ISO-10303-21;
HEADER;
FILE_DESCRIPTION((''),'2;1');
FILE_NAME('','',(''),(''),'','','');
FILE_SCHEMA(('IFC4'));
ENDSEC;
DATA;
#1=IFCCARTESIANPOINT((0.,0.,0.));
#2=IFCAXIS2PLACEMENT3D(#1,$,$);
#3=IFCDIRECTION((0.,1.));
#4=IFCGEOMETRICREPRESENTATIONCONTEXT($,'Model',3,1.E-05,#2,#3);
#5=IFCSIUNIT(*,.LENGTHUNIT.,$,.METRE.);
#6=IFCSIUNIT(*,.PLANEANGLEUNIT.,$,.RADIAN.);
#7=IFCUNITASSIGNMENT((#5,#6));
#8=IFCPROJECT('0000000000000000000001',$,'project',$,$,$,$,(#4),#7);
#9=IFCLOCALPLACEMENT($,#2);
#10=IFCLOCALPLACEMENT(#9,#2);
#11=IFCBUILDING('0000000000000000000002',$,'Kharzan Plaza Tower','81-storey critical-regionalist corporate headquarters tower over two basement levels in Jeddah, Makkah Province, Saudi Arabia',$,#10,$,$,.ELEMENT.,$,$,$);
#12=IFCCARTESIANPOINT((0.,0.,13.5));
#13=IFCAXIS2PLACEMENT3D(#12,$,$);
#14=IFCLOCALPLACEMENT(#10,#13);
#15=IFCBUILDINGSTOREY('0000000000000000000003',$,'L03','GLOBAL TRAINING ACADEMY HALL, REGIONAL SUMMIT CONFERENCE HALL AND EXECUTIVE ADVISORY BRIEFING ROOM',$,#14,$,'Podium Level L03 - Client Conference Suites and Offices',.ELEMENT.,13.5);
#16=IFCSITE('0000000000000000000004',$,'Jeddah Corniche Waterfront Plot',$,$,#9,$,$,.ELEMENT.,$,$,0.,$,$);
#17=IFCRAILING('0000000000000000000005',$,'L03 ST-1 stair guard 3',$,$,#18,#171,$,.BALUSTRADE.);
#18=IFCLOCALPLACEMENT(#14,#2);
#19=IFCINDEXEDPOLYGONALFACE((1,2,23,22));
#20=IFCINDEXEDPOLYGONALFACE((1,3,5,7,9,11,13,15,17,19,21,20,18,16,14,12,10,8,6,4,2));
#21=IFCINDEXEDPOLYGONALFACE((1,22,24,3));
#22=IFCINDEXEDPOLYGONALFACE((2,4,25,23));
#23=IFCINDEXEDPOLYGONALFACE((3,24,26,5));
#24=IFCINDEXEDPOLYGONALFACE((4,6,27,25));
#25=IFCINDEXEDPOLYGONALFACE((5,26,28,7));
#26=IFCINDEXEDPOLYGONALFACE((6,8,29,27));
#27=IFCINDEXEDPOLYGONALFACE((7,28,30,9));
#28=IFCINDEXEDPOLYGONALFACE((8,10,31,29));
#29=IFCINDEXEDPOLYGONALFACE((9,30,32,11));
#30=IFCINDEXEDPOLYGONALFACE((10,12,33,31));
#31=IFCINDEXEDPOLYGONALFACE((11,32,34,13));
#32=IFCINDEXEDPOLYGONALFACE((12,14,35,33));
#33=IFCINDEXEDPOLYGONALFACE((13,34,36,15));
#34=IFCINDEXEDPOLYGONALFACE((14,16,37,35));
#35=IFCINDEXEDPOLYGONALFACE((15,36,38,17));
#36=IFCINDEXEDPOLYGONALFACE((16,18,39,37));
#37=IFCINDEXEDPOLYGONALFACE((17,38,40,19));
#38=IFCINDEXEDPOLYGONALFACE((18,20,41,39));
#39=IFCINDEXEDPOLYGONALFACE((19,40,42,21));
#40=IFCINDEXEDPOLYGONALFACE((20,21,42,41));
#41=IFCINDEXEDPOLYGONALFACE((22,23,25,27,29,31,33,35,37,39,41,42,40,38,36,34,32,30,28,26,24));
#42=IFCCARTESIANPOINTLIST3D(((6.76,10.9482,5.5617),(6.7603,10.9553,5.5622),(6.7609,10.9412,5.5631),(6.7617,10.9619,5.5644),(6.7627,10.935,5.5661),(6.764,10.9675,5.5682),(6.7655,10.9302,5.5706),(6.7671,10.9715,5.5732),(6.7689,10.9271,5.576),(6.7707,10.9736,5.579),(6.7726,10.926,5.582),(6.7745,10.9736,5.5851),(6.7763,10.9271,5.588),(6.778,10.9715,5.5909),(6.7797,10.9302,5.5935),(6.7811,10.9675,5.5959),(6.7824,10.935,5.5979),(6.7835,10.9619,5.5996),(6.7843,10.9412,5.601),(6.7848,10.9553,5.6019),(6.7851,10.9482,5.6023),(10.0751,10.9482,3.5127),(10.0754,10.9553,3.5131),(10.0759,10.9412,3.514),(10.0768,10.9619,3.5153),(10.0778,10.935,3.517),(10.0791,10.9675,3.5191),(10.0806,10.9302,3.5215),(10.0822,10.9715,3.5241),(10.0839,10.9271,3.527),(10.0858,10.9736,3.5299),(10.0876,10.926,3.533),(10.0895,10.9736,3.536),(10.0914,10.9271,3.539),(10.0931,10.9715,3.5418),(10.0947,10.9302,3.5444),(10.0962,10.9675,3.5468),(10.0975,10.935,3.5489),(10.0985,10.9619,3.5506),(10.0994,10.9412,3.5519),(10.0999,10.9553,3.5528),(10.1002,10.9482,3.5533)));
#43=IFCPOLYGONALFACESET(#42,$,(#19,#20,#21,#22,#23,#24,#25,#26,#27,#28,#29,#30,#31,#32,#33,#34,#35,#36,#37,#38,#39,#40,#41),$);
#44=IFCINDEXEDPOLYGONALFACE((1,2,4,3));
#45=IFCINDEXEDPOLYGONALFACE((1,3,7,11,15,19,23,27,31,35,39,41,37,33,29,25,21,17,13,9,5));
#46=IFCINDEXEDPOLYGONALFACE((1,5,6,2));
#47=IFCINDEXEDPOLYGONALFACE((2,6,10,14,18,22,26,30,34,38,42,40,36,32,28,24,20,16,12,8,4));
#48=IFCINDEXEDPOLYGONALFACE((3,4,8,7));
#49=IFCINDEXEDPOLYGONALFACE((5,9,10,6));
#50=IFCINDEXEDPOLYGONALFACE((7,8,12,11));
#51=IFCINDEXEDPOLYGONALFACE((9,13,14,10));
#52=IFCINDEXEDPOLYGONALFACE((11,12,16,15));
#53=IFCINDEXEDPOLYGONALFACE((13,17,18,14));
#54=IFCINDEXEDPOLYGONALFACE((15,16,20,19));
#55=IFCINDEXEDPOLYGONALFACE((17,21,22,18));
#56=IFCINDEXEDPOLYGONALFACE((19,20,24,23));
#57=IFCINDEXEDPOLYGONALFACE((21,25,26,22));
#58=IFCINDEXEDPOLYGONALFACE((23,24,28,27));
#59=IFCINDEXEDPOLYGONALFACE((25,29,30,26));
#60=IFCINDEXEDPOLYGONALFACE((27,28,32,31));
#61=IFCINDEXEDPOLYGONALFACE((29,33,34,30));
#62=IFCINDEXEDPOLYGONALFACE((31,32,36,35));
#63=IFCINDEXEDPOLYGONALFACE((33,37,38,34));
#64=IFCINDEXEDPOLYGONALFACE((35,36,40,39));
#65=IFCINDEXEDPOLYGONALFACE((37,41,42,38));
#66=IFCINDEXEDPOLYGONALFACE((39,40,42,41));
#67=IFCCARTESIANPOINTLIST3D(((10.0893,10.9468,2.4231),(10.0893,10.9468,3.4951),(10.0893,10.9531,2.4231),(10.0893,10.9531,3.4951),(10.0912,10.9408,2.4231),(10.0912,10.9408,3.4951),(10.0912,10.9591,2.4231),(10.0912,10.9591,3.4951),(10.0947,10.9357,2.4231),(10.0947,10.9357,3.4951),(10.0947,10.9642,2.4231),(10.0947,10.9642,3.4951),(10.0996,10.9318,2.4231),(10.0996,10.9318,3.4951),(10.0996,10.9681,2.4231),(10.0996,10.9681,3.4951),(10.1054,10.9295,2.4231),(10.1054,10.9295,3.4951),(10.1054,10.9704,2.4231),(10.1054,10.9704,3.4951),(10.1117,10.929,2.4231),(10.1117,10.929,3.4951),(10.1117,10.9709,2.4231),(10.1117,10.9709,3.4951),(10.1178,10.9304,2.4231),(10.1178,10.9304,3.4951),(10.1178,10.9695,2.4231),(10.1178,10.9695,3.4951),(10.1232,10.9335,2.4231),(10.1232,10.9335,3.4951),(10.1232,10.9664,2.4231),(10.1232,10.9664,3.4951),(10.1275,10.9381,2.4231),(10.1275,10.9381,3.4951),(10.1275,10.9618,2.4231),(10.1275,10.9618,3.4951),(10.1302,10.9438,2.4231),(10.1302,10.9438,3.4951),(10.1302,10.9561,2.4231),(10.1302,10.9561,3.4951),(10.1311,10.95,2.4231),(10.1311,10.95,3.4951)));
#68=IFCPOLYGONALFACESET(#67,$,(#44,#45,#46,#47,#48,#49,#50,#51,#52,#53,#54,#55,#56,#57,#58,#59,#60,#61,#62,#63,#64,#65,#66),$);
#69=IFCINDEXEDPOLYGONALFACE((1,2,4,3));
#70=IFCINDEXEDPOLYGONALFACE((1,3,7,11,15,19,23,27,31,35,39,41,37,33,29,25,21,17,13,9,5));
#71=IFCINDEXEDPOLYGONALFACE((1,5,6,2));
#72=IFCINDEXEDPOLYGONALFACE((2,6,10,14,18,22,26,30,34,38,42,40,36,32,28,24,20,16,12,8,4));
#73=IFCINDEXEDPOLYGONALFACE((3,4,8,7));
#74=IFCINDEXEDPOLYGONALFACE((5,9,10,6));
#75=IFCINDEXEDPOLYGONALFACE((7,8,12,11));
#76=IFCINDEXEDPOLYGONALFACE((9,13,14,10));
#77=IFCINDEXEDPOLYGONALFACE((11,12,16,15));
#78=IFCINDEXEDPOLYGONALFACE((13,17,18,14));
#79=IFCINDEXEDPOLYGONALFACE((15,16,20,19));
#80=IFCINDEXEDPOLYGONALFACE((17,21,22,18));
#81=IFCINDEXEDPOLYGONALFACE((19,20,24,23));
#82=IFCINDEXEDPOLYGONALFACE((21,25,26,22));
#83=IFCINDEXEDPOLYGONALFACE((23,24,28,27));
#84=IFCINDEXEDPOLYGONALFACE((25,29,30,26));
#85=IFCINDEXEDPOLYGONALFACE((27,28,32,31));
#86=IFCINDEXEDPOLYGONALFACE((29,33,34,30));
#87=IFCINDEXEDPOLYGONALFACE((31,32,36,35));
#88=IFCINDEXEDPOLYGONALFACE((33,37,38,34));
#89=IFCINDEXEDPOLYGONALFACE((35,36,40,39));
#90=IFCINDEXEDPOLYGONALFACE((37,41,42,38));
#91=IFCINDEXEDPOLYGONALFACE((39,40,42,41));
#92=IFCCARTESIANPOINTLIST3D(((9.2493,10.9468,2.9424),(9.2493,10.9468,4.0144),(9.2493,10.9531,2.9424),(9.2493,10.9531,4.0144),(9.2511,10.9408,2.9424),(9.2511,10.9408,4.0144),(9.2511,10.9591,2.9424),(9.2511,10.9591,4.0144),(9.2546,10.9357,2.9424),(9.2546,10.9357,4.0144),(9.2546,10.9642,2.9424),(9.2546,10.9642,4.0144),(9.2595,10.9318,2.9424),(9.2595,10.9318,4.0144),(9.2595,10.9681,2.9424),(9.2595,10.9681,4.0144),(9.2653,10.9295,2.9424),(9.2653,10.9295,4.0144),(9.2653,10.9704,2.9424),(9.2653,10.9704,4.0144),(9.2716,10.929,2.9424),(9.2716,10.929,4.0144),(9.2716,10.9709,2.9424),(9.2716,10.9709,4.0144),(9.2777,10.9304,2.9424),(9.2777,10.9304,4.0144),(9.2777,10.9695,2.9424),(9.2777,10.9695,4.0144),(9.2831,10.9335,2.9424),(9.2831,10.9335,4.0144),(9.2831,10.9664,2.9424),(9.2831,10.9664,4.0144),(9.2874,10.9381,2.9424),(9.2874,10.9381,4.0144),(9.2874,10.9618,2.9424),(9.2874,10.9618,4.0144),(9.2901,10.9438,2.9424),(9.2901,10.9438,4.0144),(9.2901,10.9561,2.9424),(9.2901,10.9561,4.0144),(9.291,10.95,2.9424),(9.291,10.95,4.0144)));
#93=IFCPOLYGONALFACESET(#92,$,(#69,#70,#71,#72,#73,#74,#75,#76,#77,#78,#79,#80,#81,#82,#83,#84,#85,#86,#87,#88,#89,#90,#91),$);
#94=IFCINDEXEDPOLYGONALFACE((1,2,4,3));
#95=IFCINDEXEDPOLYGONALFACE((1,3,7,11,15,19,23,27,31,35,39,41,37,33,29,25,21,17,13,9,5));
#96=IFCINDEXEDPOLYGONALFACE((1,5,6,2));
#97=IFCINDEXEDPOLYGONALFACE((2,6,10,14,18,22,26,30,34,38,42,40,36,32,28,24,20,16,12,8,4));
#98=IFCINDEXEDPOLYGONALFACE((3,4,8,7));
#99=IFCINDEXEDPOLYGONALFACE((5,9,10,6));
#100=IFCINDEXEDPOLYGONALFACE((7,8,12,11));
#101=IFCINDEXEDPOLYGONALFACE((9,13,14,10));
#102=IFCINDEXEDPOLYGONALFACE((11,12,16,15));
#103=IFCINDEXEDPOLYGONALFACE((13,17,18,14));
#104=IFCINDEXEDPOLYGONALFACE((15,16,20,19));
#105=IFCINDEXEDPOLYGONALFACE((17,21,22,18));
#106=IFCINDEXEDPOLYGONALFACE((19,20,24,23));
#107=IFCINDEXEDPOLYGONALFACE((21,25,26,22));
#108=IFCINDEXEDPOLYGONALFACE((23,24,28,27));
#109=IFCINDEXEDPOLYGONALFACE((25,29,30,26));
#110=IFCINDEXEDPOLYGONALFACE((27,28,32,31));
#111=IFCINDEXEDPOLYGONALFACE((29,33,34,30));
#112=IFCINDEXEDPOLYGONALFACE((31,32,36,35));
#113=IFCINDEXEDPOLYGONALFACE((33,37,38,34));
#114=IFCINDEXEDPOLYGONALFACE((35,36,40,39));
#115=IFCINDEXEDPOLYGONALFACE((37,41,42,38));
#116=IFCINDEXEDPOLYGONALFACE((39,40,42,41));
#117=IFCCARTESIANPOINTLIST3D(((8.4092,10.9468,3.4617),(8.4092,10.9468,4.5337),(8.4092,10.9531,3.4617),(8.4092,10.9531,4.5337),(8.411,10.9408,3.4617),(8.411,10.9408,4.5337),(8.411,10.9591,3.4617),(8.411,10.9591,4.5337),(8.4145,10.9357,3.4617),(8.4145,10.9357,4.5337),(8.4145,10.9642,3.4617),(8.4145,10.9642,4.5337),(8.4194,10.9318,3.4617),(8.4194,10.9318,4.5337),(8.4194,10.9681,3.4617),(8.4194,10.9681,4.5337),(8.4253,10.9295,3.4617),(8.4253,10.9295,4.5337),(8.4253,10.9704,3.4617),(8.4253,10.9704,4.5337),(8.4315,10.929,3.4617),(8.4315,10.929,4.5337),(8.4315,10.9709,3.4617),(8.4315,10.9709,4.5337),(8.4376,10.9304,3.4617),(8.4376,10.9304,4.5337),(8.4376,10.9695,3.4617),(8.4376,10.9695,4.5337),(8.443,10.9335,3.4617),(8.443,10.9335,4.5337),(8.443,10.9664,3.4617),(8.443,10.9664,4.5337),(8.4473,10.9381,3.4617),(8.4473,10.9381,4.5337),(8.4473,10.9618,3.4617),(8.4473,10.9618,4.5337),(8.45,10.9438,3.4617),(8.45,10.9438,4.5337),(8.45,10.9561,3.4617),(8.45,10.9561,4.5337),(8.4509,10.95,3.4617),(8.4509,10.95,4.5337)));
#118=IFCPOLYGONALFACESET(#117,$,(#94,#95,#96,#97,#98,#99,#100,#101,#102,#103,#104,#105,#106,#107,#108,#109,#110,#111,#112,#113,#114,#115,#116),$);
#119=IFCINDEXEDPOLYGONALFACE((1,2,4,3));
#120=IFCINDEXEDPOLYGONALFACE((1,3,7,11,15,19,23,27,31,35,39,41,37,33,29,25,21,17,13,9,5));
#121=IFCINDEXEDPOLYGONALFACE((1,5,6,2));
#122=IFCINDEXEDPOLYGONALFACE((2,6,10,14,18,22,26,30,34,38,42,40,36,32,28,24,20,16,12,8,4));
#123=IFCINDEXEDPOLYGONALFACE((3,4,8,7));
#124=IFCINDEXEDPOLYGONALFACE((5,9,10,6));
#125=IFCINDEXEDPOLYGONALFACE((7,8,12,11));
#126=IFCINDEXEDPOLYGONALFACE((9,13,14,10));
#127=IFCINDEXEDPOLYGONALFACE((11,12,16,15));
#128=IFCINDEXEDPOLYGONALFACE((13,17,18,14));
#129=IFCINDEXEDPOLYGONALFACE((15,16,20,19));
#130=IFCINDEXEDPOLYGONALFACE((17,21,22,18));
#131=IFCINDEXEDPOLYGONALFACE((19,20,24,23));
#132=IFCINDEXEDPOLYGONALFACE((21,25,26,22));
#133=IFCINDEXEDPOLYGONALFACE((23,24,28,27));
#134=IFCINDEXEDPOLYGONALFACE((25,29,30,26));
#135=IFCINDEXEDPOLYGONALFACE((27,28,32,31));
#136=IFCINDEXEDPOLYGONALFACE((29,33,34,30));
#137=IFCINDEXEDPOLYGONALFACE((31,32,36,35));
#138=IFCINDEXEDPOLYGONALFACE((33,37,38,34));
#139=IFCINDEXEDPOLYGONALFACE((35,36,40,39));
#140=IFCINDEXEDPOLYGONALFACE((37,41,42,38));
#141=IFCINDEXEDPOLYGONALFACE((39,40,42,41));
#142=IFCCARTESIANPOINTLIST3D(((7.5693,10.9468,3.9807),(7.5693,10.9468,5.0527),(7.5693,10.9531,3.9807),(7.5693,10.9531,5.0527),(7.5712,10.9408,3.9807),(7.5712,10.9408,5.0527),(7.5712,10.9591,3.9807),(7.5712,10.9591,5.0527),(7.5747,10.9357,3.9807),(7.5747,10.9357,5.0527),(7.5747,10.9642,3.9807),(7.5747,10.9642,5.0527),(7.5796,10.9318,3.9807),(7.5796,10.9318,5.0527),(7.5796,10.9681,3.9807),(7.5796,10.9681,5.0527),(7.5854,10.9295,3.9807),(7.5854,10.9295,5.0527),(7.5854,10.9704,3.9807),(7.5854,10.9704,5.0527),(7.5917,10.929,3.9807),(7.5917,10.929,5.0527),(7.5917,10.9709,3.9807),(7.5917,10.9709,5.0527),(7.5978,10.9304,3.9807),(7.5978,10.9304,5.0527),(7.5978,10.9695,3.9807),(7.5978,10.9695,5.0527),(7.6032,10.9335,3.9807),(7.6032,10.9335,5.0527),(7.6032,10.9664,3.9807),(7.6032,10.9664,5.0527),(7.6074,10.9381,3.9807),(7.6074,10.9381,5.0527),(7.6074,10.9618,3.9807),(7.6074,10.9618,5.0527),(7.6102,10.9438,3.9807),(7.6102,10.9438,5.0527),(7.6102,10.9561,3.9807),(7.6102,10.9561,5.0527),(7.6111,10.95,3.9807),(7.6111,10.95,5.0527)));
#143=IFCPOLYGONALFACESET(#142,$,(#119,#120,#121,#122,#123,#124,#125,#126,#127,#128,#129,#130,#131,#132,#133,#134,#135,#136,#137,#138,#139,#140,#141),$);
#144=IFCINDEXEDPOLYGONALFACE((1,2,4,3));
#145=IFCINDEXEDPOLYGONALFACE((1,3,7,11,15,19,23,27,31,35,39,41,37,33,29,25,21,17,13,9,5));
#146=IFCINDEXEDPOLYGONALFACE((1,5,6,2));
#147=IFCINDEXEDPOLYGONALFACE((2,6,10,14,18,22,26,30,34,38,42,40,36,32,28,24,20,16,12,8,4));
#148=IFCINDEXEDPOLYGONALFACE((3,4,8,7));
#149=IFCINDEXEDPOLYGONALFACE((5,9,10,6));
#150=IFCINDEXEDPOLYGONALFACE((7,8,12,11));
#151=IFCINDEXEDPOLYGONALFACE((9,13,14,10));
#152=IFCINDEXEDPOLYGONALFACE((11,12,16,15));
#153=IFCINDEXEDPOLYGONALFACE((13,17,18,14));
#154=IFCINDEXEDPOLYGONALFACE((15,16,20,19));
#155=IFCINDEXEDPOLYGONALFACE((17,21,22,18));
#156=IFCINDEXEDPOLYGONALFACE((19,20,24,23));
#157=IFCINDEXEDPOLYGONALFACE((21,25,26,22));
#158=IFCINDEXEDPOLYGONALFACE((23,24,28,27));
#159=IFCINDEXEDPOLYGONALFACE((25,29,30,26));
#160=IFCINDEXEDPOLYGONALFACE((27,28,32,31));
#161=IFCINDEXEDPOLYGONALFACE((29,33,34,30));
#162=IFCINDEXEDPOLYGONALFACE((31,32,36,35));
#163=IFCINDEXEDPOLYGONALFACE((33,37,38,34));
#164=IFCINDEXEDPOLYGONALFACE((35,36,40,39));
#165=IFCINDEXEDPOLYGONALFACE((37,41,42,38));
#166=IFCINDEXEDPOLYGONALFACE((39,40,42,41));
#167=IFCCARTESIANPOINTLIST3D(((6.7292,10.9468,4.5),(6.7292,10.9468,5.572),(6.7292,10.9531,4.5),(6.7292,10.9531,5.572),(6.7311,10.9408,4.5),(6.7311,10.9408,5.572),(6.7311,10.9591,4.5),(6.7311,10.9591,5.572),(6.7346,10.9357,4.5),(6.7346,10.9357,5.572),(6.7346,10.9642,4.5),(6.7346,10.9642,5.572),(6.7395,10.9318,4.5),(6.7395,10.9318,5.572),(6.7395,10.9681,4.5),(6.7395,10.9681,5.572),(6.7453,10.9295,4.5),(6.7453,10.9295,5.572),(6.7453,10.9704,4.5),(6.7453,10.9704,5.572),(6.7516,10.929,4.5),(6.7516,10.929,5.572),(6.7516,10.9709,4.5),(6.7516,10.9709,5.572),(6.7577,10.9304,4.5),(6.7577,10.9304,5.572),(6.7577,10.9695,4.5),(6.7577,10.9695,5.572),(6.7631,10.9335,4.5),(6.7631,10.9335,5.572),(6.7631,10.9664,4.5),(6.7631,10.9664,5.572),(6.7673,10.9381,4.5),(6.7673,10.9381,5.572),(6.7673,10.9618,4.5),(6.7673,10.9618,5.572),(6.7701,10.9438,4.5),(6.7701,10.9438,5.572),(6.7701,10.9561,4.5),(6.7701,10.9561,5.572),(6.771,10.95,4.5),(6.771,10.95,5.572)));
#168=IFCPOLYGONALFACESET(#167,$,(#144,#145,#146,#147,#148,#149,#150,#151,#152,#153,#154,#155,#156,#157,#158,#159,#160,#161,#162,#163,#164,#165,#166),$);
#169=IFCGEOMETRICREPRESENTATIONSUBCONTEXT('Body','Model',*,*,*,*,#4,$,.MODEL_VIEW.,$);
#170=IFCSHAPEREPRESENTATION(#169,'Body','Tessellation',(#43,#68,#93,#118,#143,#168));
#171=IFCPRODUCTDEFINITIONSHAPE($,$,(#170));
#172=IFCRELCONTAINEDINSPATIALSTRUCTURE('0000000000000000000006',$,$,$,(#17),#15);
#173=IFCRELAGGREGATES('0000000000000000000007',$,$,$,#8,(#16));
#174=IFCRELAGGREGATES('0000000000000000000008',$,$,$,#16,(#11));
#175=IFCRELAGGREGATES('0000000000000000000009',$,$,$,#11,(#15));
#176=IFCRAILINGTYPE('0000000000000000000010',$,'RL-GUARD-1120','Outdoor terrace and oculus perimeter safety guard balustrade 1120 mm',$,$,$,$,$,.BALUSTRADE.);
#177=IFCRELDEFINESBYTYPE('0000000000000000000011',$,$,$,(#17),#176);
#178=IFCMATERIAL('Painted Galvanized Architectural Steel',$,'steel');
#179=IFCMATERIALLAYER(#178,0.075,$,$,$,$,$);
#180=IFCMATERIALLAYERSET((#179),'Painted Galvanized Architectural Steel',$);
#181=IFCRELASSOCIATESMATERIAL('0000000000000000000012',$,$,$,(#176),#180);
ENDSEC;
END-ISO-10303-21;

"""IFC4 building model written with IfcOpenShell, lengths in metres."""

from ifc_helpers import new_model, si_unit, direction, frame, origin, origin_2d, place, context, subcontext, project, spatial, circle, extrude, source, transform, mapped, material, layer, layer_set, type_object, element, save


model = new_model("IFC4")

# Units and contexts
model_context = context("Model", 3, precision=1e-05, world=origin(), true_north=direction((0.0, 1.0)))
body_context = subcontext(model_context, "Body", "Model", "MODEL_VIEW")
ifc_project = project(units=[si_unit("LENGTHUNIT", "METRE"), si_unit("PLANEANGLEUNIT", "RADIAN")], contexts=[model_context])

# Site, building, storey
site_placement = place(None, origin())
site = spatial("IfcSite", under=ifc_project, at=site_placement, Name="Jeddah Corniche Waterfront Plot", CompositionType="ELEMENT", RefElevation=0.0)
building_placement = place(site_placement, origin())
building = spatial("IfcBuilding", under=site, at=building_placement, Name="Kharzan Plaza Tower", Description="81-storey critical-regionalist corporate headquarters tower over two basement levels in Jeddah, Makkah Province, Saudi Arabia", CompositionType="ELEMENT")
storey_placement = place(building_placement, frame((0.0, 0.0, 13.5)))
storey = spatial("IfcBuildingStorey", under=building, at=storey_placement, Name="L03", Description="GLOBAL TRAINING ACADEMY HALL, REGIONAL SUMMIT CONFERENCE HALL AND EXECUTIVE ADVISORY BRIEFING ROOM", LongName="Podium Level L03 - Client Conference Suites and Offices", CompositionType="ELEMENT", Elevation=13.5)

# Railing
ifc_material_1 = material(Name="Painted Galvanized Architectural Steel", Category="steel")
ifc_layer_1 = layer(ifc_material_1, 0.075)
ifc_layer_set_1 = layer_set([ifc_layer_1], Name="Painted Galvanized Architectural Steel")
railing_type_1 = type_object("IfcRailingType", Name="RL-GUARD-1120", Description="Outdoor terrace and oculus perimeter safety guard balustrade 1120 mm", PredefinedType="BALUSTRADE", material=ifc_layer_set_1)
shared_shape_1 = source(origin(), body_context, "Body", "SweptSolid", [
    extrude(circle(Radius=0.0239, at=origin_2d()), frame((-0.0225, 0.0, 1.1099), z_axis=(-0.850623, 0.0, 0.525776), x_axis=(0.0, -1.0, 0.0)), (0.0, 0.0, 1.0), 3.8972),
    extrude(circle(Radius=0.021, at=origin_2d()), origin(), (0.0, 0.0, 1.0), 1.072),
    extrude(circle(Radius=0.021, at=origin_2d()), frame((-0.8401, 0.0, 0.5193)), (0.0, 0.0, 1.0), 1.072),
    extrude(circle(Radius=0.021, at=origin_2d()), frame((-1.6802, 0.0, 1.0386)), (0.0, 0.0, 1.0), 1.072),
    extrude(circle(Radius=0.021, at=origin_2d()), frame((-2.52, 0.0, 1.5576)), (0.0, 0.0, 1.0), 1.072),
    extrude(circle(Radius=0.021, at=origin_2d()), frame((-3.3601, 0.0, 2.0769)), (0.0, 0.0, 1.0), 1.072),
])
railing_1_placement = place(storey_placement, frame((10.1101, 10.95, 2.4231)))
element("IfcRailing", 1, at=railing_1_placement, inside=storey, type_object=railing_type_1, Name="L03 ST-1 stair guard 3", PredefinedType="BALUSTRADE", context=body_context, shape_type="MappedRepresentation", body=[
    mapped(shared_shape_1, transform((0.0, 0.0, 0.0), x_axis=(1.0, 0.0, 0.0), y_axis=(0.0, 1.0, 0.0), z_axis=(0.0, 0.0, 1.0))),
])

save(model, "model.ifc")
